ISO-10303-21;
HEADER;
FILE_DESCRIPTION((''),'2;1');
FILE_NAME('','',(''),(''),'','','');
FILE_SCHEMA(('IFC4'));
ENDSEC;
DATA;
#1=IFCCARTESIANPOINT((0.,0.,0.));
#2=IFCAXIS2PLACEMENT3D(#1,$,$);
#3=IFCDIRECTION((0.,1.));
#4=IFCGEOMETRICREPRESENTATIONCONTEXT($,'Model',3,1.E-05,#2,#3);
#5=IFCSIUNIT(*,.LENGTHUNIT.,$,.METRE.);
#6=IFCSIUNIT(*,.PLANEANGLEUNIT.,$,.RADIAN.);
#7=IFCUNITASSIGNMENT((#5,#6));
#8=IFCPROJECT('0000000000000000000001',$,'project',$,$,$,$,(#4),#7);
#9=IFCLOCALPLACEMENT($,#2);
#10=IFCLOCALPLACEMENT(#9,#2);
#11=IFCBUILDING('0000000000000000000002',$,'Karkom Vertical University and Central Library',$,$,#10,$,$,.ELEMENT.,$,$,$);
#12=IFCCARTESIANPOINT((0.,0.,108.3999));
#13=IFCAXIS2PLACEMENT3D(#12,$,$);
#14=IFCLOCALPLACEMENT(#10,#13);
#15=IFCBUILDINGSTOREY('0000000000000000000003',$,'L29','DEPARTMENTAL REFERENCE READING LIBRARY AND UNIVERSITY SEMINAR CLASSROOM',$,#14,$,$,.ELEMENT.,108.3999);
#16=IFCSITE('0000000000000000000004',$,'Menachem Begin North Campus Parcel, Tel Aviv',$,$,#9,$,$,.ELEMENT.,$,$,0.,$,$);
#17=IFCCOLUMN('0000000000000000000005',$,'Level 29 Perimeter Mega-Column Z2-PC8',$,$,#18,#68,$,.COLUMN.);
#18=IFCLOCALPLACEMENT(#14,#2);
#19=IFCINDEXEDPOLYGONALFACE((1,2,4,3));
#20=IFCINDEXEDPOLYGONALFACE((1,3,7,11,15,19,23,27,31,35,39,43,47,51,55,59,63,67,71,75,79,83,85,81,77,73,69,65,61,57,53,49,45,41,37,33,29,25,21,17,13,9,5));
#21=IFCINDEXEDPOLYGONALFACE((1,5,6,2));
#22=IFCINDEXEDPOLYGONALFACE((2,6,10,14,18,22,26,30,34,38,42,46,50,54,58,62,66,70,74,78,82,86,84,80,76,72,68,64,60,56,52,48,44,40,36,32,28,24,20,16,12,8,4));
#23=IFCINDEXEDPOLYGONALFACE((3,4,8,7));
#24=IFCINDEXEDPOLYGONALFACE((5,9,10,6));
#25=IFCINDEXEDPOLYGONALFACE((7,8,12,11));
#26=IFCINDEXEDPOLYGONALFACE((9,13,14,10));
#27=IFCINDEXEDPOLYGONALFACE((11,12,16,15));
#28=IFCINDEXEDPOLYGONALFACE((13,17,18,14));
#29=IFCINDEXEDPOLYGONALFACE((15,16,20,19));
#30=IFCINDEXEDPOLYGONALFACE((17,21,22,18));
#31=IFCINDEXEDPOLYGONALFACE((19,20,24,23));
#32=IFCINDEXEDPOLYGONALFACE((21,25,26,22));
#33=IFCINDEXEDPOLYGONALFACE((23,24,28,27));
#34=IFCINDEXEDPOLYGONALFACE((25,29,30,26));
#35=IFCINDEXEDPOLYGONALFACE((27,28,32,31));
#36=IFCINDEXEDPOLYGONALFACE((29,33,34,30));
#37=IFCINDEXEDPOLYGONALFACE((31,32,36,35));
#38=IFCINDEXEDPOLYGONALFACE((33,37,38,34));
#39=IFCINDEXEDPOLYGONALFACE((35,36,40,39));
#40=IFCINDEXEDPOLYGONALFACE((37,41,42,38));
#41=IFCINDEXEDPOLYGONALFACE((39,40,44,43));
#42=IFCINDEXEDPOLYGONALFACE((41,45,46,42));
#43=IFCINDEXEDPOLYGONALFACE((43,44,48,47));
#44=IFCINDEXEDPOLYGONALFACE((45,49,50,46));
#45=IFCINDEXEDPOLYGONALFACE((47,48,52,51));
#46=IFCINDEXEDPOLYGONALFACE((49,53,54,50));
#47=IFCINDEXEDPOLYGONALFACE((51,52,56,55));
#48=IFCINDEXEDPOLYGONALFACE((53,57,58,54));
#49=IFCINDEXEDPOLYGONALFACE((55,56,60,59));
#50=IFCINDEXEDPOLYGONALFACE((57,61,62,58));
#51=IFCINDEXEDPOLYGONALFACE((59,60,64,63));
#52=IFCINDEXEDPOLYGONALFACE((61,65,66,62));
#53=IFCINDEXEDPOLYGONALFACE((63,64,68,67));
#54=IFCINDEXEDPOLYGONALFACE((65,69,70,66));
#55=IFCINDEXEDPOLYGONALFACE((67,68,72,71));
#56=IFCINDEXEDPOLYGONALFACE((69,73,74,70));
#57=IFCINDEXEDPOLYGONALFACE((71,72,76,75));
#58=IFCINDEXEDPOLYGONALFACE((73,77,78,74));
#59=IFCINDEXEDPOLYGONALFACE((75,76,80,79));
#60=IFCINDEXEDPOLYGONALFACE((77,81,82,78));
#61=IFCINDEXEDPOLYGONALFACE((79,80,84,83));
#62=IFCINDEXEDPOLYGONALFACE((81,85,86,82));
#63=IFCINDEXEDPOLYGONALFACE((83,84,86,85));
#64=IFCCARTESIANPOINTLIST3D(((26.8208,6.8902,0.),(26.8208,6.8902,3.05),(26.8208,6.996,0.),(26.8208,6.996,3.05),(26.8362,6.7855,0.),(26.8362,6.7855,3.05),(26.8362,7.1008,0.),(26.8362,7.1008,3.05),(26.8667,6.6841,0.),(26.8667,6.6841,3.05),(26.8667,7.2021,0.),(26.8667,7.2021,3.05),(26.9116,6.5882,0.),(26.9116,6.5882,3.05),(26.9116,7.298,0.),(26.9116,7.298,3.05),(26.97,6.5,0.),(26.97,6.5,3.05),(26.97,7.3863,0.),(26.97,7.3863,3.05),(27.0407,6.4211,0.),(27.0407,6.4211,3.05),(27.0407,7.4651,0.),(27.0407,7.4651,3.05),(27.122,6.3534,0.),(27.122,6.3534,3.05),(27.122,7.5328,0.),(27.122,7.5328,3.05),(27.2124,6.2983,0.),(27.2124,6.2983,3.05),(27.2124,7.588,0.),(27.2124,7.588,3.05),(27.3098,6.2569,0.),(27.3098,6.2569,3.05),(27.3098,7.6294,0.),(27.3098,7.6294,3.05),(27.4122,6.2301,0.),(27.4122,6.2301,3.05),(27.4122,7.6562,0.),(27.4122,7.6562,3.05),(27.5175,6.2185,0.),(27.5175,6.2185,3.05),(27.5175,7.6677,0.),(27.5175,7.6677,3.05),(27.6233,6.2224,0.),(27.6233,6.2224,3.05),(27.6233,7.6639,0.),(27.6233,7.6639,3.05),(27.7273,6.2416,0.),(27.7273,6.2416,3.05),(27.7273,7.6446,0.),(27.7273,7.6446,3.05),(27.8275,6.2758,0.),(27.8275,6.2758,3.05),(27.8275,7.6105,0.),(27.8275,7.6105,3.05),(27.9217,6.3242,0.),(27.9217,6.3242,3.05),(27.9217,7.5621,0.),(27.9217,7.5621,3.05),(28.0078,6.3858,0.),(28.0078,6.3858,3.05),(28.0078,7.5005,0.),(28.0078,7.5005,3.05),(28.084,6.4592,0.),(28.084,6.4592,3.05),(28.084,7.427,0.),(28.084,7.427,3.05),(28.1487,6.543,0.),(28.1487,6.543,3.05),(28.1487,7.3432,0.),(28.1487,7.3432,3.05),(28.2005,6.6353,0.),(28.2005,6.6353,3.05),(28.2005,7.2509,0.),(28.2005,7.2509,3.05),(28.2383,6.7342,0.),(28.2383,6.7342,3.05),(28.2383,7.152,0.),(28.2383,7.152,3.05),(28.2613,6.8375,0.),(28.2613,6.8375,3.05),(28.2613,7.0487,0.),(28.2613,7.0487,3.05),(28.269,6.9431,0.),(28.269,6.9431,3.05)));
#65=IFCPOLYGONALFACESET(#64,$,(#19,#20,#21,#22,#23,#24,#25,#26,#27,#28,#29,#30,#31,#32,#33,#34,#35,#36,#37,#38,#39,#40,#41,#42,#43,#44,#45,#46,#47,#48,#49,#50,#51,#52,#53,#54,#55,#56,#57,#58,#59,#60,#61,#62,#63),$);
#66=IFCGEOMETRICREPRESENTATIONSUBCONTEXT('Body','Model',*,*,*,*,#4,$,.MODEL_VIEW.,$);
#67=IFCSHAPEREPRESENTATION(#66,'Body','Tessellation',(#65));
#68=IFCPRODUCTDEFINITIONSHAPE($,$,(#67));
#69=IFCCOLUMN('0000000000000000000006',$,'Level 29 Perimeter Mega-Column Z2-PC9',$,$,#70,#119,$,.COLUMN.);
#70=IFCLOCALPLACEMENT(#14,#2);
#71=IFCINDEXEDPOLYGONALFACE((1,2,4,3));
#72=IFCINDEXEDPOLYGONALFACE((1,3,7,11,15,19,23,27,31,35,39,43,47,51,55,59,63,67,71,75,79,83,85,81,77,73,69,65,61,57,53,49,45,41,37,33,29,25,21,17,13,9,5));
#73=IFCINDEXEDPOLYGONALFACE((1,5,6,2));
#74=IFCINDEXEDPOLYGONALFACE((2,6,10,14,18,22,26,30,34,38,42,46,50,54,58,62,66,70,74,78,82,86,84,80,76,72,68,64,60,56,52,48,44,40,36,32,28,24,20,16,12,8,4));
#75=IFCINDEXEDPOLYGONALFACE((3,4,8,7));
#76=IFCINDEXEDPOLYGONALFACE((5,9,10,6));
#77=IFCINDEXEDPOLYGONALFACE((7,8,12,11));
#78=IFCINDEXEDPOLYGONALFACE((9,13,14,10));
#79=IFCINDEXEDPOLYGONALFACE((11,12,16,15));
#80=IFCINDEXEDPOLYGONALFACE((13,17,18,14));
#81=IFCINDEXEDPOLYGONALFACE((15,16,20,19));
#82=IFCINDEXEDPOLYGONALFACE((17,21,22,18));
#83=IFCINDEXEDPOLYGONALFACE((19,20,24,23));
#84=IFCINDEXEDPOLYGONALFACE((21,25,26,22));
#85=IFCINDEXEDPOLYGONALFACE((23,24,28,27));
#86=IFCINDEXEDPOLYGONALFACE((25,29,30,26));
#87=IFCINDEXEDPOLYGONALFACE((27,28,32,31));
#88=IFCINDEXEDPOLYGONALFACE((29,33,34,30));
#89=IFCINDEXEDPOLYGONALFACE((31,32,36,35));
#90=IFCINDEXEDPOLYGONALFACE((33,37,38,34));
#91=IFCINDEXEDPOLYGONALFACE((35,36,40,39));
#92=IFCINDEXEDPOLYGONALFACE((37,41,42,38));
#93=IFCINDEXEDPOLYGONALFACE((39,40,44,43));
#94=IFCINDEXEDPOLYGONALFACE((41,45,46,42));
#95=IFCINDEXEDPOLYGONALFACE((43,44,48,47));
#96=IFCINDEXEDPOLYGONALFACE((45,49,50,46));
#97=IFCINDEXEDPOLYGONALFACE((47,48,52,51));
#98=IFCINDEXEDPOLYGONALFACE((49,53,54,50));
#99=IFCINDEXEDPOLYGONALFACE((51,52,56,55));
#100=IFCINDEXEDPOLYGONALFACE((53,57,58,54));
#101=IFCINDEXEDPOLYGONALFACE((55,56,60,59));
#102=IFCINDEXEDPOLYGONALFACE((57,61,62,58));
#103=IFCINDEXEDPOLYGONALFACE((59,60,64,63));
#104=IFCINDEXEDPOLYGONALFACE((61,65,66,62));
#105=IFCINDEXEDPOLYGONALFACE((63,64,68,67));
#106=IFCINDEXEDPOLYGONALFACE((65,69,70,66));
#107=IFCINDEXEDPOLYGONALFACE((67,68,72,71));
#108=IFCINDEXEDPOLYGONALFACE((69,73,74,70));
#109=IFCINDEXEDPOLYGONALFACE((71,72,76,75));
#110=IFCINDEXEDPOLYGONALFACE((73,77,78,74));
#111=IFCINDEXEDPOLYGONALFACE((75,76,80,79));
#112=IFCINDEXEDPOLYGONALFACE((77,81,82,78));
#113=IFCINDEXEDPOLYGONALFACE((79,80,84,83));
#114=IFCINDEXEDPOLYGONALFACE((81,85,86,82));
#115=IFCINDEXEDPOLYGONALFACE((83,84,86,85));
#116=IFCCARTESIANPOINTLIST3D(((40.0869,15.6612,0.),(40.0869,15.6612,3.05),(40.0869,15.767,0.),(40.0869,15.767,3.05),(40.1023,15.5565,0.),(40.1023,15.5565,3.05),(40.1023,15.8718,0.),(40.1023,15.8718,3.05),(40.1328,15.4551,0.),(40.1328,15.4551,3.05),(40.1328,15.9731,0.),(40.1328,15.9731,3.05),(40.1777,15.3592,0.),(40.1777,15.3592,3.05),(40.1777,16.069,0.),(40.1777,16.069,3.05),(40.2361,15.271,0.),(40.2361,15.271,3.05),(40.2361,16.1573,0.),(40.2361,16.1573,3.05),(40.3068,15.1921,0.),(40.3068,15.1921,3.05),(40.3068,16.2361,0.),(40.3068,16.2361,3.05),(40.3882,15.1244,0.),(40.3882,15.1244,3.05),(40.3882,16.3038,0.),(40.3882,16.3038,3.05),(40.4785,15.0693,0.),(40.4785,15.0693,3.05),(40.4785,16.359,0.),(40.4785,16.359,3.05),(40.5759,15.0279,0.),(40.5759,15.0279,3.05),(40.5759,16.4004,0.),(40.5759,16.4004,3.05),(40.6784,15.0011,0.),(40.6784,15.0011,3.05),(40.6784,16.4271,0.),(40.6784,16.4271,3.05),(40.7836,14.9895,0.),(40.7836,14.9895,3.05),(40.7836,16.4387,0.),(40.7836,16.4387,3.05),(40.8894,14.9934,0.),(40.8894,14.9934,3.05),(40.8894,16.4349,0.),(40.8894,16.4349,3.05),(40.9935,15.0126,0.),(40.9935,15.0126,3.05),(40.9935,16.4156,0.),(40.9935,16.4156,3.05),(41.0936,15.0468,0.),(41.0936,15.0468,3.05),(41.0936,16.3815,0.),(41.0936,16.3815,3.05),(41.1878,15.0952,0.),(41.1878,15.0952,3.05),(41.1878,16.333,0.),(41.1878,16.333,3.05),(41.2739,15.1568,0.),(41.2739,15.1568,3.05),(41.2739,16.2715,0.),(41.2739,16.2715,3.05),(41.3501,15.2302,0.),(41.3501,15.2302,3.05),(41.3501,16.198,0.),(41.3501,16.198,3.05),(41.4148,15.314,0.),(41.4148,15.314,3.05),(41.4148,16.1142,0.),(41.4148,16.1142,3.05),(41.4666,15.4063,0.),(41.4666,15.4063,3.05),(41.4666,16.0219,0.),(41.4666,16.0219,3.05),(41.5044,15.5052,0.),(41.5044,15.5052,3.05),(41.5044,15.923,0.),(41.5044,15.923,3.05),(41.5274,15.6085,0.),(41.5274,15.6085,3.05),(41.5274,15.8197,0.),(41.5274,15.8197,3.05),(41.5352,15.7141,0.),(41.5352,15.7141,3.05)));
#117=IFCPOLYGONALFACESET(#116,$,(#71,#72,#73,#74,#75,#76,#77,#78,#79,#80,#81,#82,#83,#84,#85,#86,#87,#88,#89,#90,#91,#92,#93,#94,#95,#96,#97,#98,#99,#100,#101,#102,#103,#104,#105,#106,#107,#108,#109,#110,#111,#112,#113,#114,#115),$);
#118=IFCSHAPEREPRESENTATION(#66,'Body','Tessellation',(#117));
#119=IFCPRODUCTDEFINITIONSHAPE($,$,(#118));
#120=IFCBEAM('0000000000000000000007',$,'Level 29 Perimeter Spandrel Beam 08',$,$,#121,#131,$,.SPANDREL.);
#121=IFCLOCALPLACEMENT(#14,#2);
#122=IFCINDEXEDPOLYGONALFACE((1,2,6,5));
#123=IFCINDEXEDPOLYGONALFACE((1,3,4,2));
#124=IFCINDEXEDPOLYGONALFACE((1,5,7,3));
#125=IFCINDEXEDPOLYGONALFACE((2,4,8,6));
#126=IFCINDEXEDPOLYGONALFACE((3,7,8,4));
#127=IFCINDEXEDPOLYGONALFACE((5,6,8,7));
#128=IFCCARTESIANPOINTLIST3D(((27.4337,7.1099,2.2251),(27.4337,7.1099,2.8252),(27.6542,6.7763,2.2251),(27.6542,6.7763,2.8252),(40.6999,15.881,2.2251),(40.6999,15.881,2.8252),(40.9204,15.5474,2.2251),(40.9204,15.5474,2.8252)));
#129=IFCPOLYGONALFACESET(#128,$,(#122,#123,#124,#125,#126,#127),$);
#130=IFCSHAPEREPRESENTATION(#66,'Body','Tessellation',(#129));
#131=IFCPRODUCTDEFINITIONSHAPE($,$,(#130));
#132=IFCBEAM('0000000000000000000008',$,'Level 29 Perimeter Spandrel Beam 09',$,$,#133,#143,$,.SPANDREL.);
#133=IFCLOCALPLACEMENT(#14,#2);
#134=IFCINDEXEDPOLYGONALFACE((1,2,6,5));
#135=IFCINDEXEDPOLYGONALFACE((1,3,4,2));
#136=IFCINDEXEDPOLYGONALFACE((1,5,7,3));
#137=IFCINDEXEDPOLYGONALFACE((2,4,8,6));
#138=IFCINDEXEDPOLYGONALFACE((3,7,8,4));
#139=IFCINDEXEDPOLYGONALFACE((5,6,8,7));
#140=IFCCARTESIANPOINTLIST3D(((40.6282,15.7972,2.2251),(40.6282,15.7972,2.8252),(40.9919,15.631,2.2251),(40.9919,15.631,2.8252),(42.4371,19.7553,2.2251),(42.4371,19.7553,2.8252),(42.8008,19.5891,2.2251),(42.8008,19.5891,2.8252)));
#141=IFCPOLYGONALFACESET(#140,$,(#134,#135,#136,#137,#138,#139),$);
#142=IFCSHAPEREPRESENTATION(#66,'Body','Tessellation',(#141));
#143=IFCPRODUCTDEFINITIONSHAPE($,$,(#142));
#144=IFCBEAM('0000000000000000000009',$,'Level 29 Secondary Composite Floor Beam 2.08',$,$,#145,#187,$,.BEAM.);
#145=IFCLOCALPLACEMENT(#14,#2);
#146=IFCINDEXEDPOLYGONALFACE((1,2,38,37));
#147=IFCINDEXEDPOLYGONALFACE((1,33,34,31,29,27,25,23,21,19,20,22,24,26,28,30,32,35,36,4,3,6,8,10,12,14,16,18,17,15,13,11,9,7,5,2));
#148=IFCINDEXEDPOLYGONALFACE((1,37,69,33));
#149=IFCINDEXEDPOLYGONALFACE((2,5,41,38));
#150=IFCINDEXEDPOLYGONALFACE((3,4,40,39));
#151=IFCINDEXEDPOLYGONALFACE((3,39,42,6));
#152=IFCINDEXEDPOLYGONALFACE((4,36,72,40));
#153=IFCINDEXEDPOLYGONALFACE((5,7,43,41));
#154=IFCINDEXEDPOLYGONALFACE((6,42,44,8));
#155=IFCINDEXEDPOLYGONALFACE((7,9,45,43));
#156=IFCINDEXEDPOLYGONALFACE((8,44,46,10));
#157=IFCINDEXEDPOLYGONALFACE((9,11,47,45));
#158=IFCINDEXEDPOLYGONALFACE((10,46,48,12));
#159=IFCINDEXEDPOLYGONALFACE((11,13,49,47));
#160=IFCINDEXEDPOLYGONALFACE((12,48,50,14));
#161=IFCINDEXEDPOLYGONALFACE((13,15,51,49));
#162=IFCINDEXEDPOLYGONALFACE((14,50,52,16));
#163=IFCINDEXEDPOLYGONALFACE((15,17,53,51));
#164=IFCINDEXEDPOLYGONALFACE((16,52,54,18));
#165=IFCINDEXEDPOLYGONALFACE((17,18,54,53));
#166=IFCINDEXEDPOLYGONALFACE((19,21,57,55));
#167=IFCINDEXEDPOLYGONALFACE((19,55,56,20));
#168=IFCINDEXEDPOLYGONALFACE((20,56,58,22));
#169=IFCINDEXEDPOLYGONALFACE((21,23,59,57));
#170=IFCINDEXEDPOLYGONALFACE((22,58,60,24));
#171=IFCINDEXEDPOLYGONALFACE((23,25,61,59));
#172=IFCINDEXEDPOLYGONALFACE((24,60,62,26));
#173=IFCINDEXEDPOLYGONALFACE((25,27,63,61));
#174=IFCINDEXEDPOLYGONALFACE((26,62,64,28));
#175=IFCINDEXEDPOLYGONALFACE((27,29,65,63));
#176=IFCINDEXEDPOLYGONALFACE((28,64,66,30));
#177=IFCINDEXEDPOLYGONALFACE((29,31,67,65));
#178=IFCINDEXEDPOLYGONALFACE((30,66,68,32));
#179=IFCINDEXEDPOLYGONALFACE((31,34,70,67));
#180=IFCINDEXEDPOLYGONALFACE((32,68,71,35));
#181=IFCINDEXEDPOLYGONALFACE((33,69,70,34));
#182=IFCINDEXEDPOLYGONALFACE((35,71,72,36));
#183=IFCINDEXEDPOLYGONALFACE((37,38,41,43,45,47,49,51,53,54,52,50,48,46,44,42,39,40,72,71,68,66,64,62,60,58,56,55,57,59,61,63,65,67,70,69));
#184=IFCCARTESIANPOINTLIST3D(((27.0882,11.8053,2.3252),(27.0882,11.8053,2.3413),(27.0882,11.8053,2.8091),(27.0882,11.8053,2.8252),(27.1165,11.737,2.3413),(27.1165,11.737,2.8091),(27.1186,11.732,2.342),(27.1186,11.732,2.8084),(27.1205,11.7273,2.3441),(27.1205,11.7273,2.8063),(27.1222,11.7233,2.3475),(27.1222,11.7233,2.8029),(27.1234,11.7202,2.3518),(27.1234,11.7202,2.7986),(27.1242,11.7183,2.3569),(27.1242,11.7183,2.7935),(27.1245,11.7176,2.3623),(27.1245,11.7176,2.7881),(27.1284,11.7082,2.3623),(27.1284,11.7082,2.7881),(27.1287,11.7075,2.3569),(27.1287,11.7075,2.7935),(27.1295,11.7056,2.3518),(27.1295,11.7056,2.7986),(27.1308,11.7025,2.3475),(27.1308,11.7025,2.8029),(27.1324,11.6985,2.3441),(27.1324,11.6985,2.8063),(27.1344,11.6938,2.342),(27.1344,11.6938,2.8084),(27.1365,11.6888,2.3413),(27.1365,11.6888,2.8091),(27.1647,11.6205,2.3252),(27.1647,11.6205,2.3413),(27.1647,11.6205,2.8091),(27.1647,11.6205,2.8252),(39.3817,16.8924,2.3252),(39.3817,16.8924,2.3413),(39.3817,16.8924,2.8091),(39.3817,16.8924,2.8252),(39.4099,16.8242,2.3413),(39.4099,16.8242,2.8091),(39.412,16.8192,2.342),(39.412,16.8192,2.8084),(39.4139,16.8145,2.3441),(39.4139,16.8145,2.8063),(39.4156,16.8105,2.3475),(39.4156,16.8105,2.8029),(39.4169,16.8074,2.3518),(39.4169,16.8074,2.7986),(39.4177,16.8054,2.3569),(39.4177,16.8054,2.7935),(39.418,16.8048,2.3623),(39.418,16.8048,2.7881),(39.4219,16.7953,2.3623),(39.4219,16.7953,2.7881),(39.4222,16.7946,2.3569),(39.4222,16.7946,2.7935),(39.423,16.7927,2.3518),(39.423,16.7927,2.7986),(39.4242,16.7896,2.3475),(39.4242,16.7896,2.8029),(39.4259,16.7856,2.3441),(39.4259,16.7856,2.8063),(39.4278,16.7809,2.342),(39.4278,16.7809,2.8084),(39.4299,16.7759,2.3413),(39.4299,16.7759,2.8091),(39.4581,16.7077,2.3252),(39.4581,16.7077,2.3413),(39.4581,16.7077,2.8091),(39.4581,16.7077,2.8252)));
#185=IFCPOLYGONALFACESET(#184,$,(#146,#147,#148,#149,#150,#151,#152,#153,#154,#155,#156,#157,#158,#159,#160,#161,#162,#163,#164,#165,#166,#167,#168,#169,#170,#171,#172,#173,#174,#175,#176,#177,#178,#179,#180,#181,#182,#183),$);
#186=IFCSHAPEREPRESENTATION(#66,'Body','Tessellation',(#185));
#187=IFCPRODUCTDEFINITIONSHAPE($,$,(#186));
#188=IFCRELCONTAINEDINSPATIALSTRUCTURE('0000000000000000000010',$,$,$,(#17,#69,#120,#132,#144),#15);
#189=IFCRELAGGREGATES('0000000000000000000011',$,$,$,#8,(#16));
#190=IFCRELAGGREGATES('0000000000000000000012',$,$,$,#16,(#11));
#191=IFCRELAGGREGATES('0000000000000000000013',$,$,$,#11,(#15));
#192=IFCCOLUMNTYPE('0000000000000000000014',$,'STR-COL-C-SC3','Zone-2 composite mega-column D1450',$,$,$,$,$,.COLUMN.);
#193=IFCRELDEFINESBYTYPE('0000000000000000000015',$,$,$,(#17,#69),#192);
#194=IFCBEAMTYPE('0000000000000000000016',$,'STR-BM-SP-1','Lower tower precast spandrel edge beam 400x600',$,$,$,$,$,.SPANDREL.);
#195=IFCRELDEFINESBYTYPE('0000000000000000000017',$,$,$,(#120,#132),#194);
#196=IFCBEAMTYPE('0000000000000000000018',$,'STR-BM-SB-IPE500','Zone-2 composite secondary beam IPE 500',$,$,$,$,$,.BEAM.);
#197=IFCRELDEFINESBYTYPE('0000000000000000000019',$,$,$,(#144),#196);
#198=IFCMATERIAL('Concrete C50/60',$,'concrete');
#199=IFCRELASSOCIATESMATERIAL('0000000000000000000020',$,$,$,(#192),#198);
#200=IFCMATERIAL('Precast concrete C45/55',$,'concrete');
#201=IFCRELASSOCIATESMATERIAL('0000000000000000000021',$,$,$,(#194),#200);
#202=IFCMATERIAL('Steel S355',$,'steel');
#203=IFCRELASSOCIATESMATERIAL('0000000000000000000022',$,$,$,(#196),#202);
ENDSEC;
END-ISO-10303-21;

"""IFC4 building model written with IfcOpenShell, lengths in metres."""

from ifc_helpers import new_model, si_unit, direction, frame, origin, origin_with_axes, origin_2d, place, context, subcontext, project, spatial, rectangle, circle, i_section, extrude, source, transform, mapped, material, material_profile, profile_set, type_object, element, save


model = new_model("IFC4")

# Units and contexts
model_context = context("Model", 3, precision=1e-05, world=origin(), true_north=direction((0.0, 1.0)))
body_context = subcontext(model_context, "Body", "Model", "MODEL_VIEW")
ifc_project = project(units=[si_unit("LENGTHUNIT", "METRE"), si_unit("PLANEANGLEUNIT", "RADIAN")], contexts=[model_context])

# Site, building, storey
site_placement = place(None, origin())
site = spatial("IfcSite", under=ifc_project, at=site_placement, Name="Menachem Begin North Campus Parcel, Tel Aviv", CompositionType="ELEMENT", RefElevation=0.0)
building_placement = place(site_placement, origin())
building = spatial("IfcBuilding", under=site, at=building_placement, Name="Karkom Vertical University and Central Library", CompositionType="ELEMENT")
storey_placement = place(building_placement, frame((0.0, 0.0, 108.3999)))
storey = spatial("IfcBuildingStorey", under=building, at=storey_placement, Name="L29", Description="DEPARTMENTAL REFERENCE READING LIBRARY AND UNIVERSITY SEMINAR CLASSROOM", CompositionType="ELEMENT", Elevation=108.3999)

# Columns
ifc_material_1 = material(Name="Concrete C50/60", Category="concrete")
ifc_material_profile_1 = material_profile(ifc_material_1, circle(Radius=0.7251, at=origin_2d()), Name="CFT-D1450")
ifc_profile_set_1 = profile_set([ifc_material_profile_1], Name="Concrete C50/60")
column_type = type_object("IfcColumnType", Name="STR-COL-C-SC3", Description="Zone-2 composite mega-column D1450", PredefinedType="COLUMN", material=ifc_profile_set_1)
shared_shape_1 = source(origin_with_axes(), body_context, "Body", "SweptSolid", [
    extrude(circle(Radius=0.7251, at=origin_2d()), origin(), (0.0, 0.0, 1.0), 3.05),
])
for number, where, z_axis, x_axis, name in (
    (1, (27.5439, 6.9431, 0.0), (0.0, 0.0, 1.0), (1.0, 0.0, 0.0), "Level 29 Perimeter Mega-Column Z2-PC8"),
    (2, (40.8101, 15.7141, 0.0), (0.0, 0.0, 1.0), (1.0, 0.0, 0.0), "Level 29 Perimeter Mega-Column Z2-PC9"),
):
    element("IfcColumn", number, at=place(storey_placement, frame(where, z_axis=z_axis, x_axis=x_axis)), inside=storey, type_object=column_type, Name=name, PredefinedType="COLUMN", context=body_context, shape_type="MappedRepresentation", body=[
        mapped(shared_shape_1, transform((0.0, 0.0, 0.0), scale=1.0)),
    ])

# Beams
ifc_material_2 = material(Name="Precast concrete C45/55", Category="concrete")
ifc_material_profile_2 = material_profile(ifc_material_2, rectangle(XDim=0.3999, YDim=0.6001, at=origin_2d()), Name="SPB-400x600")
ifc_profile_set_2 = profile_set([ifc_material_profile_2], Name="Precast concrete C45/55")
beam_type_1 = type_object("IfcBeamType", Name="STR-BM-SP-1", Description="Lower tower precast spandrel edge beam 400x600", PredefinedType="SPANDREL", material=ifc_profile_set_2)
shared_shape_2 = source(origin_with_axes(), body_context, "Body", "SweptSolid", [
    extrude(rectangle(XDim=0.3999, YDim=0.6001, at=origin_2d()), origin(), (0.0, 0.0, 1.0), 15.9036),
])
beam_1_placement = place(storey_placement, frame((27.5439, 6.9431, 2.5251), z_axis=(0.834165, 0.551515, 0.0), x_axis=(-0.551515, 0.834165, 0.0)))
element("IfcBeam", 3, at=beam_1_placement, inside=storey, type_object=beam_type_1, Name="Level 29 Perimeter Spandrel Beam 08", PredefinedType="SPANDREL", context=body_context, shape_type="MappedRepresentation", body=[
    mapped(shared_shape_2, transform((0.0, 0.0, 0.0), scale=1.0)),
])
shared_shape_3 = source(origin_with_axes(), body_context, "Body", "SweptSolid", [
    extrude(rectangle(XDim=0.3999, YDim=0.6001, at=origin_2d()), origin(), (0.0, 0.0, 1.0), 4.3518),
])
beam_2_placement = place(storey_placement, frame((40.8101, 15.7141, 2.5251), z_axis=(0.415658, 0.909521, 0.0), x_axis=(-0.909521, 0.415658, 0.0)))
element("IfcBeam", 4, at=beam_2_placement, inside=storey, type_object=beam_type_1, Name="Level 29 Perimeter Spandrel Beam 09", PredefinedType="SPANDREL", context=body_context, shape_type="MappedRepresentation", body=[
    mapped(shared_shape_3, transform((0.0, 0.0, 0.0), scale=1.0)),
])
ifc_material_3 = material(Name="Steel S355", Category="steel")
ifc_material_profile_3 = material_profile(ifc_material_3, i_section(OverallWidth=0.2, OverallDepth=0.5, WebThickness=0.0103, FlangeThickness=0.0161, FilletRadius=0.021, at=origin_2d()), Name="IPE 500")
ifc_profile_set_3 = profile_set([ifc_material_profile_3], Name="Steel S355")
beam_type_2 = type_object("IfcBeamType", Name="STR-BM-SB-IPE500", Description="Zone-2 composite secondary beam IPE 500", PredefinedType="BEAM", material=ifc_profile_set_3)
shared_shape_4 = source(origin_with_axes(), body_context, "Body", "SweptSolid", [
    extrude(i_section(OverallWidth=0.2, OverallDepth=0.5, WebThickness=0.0103, FlangeThickness=0.0161, FilletRadius=0.021, at=origin_2d()), origin(), (0.0, 0.0, 1.0), 13.3044),
])
beam_3_placement = place(storey_placement, frame((27.1265, 11.7129, 2.5752), z_axis=(0.924011, 0.382365, 0.0), x_axis=(-0.382365, 0.924011, 0.0)))
element("IfcBeam", 5, at=beam_3_placement, inside=storey, type_object=beam_type_2, Name="Level 29 Secondary Composite Floor Beam 2.08", PredefinedType="BEAM", context=body_context, shape_type="MappedRepresentation", body=[
    mapped(shared_shape_4, transform((0.0, 0.0, 0.0), scale=1.0)),
])

save(model, "model.ifc")
